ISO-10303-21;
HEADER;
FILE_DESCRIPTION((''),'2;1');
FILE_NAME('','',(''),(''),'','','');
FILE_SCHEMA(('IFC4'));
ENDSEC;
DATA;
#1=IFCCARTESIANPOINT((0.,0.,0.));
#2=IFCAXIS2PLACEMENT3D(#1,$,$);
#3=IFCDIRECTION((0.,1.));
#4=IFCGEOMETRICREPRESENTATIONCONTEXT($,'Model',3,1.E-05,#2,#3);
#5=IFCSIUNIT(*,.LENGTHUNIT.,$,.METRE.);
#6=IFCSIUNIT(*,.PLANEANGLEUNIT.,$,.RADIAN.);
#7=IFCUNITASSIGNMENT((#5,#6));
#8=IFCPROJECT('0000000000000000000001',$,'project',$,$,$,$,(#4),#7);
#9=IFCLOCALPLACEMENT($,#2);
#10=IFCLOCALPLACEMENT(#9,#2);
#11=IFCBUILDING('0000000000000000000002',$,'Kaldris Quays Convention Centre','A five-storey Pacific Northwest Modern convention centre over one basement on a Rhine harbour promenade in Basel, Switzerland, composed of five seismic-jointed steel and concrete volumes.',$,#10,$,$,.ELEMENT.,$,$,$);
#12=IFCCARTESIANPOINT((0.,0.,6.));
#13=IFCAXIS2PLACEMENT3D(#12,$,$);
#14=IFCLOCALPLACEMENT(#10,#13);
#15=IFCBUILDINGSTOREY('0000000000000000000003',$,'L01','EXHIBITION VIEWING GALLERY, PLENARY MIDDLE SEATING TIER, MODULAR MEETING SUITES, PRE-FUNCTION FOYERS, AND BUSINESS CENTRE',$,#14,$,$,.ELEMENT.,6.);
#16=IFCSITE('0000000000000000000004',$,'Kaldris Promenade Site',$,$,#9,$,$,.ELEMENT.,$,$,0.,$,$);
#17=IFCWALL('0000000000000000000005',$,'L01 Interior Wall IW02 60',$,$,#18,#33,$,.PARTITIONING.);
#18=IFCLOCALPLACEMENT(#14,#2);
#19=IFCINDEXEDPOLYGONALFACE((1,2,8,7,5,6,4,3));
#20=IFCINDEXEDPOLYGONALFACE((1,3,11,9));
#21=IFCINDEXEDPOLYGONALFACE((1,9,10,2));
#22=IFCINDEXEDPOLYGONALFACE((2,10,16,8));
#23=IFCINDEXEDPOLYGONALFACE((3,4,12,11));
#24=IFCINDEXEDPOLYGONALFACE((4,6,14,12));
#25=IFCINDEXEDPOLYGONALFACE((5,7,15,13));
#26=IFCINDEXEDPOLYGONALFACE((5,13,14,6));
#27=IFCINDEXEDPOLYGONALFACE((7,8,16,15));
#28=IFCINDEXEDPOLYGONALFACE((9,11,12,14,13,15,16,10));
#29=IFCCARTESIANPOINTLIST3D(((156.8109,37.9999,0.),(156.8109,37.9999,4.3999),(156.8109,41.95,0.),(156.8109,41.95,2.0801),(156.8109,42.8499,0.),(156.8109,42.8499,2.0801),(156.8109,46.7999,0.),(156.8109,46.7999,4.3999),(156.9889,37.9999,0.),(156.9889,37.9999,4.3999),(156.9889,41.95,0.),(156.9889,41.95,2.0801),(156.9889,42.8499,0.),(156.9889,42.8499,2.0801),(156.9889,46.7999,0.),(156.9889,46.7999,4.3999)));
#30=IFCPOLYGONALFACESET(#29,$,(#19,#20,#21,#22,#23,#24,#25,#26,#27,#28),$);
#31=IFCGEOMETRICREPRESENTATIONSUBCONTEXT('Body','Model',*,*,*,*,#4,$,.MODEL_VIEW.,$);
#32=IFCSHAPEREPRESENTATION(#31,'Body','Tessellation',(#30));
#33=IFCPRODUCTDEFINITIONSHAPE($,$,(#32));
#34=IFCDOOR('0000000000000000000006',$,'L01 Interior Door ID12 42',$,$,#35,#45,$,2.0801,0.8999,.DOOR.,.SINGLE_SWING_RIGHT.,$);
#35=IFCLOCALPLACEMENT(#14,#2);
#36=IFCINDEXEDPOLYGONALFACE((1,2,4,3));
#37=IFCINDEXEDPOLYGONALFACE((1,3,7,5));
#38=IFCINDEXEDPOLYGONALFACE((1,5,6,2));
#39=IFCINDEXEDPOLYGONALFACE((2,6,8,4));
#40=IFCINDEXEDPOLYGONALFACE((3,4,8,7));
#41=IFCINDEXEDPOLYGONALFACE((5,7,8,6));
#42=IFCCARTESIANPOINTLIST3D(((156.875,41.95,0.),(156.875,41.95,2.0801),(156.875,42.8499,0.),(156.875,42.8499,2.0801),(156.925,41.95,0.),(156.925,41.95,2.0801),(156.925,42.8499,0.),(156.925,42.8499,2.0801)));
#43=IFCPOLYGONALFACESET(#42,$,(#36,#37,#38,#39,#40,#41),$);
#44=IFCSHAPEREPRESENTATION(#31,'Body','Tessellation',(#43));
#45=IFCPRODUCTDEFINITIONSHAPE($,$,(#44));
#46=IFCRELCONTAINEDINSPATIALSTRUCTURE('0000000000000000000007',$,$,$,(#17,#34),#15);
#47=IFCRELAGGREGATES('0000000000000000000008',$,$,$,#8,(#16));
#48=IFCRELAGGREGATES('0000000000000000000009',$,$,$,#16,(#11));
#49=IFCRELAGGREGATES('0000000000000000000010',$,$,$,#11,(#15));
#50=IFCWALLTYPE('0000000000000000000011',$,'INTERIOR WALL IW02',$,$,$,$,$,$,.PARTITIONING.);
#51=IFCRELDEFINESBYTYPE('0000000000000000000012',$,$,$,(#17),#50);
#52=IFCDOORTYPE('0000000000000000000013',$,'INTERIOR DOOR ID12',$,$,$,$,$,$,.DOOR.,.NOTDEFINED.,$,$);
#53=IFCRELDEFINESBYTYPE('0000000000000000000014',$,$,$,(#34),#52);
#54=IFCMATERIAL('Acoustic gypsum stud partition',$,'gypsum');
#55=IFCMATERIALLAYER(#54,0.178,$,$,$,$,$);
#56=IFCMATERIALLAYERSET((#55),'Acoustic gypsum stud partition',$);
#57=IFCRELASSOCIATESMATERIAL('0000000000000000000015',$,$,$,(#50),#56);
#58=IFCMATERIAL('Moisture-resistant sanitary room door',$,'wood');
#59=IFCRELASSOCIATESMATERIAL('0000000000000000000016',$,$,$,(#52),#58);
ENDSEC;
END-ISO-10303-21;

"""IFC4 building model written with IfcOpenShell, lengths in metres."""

from ifc_helpers import new_model, si_unit, direction, frame, frame_2d, origin, place, context, subcontext, project, spatial, rectangle, extrude, material, layer, layer_set, type_object, element, fill, save


model = new_model("IFC4")

# Units and contexts
model_context = context("Model", 3, precision=1e-05, world=origin(), true_north=direction((0.0, 1.0)))
body_context = subcontext(model_context, "Body", "Model", "MODEL_VIEW")
ifc_project = project(units=[si_unit("LENGTHUNIT", "METRE"), si_unit("PLANEANGLEUNIT", "RADIAN")], contexts=[model_context])

# Site, building, storey
site_placement = place(None, origin())
site = spatial("IfcSite", under=ifc_project, at=site_placement, Name="Kaldris Promenade Site", CompositionType="ELEMENT", RefElevation=0.0)
building_placement = place(site_placement, origin())
building = spatial("IfcBuilding", under=site, at=building_placement, Name="Kaldris Quays Convention Centre", Description="A five-storey Pacific Northwest Modern convention centre over one basement on a Rhine harbour promenade in Basel, Switzerland, composed of five seismic-jointed steel and concrete volumes.", CompositionType="ELEMENT")
storey_placement = place(building_placement, frame((0.0, 0.0, 6.0)))
storey = spatial("IfcBuildingStorey", under=building, at=storey_placement, Name="L01", Description="EXHIBITION VIEWING GALLERY, PLENARY MIDDLE SEATING TIER, MODULAR MEETING SUITES, PRE-FUNCTION FOYERS, AND BUSINESS CENTRE", CompositionType="ELEMENT", Elevation=6.0)

# Wall, opening, door
ifc_material_1 = material(Name="Acoustic gypsum stud partition", Category="gypsum")
ifc_layer = layer(ifc_material_1, 0.178)
ifc_layer_set = layer_set([ifc_layer], Name="Acoustic gypsum stud partition")
wall_type = type_object("IfcWallType", Name="INTERIOR WALL IW02", PredefinedType="PARTITIONING", material=ifc_layer_set)
wall_placement = place(storey_placement, frame((156.8999, 38.0, 0.0), z_axis=(0.0, 0.0, 1.0), x_axis=(0.0, 1.0, 0.0)))
wall = element("IfcWall", 1, at=wall_placement, inside=storey, type_object=wall_type, Name="L01 Interior Wall IW02 60", PredefinedType="PARTITIONING", context=body_context, shape_type="SweptSolid", body=[
    extrude(rectangle(XDim=8.8, YDim=0.178, at=frame_2d((4.3999, 0.0))), origin(), (0.0, 0.0, 1.0), 4.3999),
])
opening_placement = place(wall_placement, frame((3.95, 0.0, 0.0)))
opening = element("IfcOpeningElement", 2, at=opening_placement, cuts=wall, PredefinedType="OPENING", context=body_context, shape_type="SweptSolid", body=[
    extrude(rectangle(XDim=0.8999, YDim=2.0801, at=frame_2d((0.45, 1.04))), frame((0.0, 0.0991, 0.0), z_axis=(0.0, -1.0, 0.0), x_axis=(1.0, 0.0, 0.0)), (0.0, 0.0, 1.0), 0.198),
])
ifc_material_2 = material(Name="Moisture-resistant sanitary room door", Category="wood")
door_type = type_object("IfcDoorType", Name="INTERIOR DOOR ID12", OperationType="NOTDEFINED", PredefinedType="DOOR", material=ifc_material_2)
door_placement = place(opening_placement, origin())
door = element("IfcDoor", 3, at=door_placement, inside=storey, type_object=door_type, Name="L01 Interior Door ID12 42", OperationType="SINGLE_SWING_RIGHT", OverallHeight=2.0801, OverallWidth=0.8999, PredefinedType="DOOR", context=body_context, shape_type="SweptSolid", body=[
    extrude(rectangle(XDim=0.8999, YDim=2.0801, at=frame_2d((0.45, 1.04))), frame((0.0, 0.0249, 0.0), z_axis=(0.0, -1.0, 0.0), x_axis=(1.0, 0.0, 0.0)), (0.0, 0.0, 1.0), 0.05),
])
fill(opening, door)

save(model, "model.ifc")
